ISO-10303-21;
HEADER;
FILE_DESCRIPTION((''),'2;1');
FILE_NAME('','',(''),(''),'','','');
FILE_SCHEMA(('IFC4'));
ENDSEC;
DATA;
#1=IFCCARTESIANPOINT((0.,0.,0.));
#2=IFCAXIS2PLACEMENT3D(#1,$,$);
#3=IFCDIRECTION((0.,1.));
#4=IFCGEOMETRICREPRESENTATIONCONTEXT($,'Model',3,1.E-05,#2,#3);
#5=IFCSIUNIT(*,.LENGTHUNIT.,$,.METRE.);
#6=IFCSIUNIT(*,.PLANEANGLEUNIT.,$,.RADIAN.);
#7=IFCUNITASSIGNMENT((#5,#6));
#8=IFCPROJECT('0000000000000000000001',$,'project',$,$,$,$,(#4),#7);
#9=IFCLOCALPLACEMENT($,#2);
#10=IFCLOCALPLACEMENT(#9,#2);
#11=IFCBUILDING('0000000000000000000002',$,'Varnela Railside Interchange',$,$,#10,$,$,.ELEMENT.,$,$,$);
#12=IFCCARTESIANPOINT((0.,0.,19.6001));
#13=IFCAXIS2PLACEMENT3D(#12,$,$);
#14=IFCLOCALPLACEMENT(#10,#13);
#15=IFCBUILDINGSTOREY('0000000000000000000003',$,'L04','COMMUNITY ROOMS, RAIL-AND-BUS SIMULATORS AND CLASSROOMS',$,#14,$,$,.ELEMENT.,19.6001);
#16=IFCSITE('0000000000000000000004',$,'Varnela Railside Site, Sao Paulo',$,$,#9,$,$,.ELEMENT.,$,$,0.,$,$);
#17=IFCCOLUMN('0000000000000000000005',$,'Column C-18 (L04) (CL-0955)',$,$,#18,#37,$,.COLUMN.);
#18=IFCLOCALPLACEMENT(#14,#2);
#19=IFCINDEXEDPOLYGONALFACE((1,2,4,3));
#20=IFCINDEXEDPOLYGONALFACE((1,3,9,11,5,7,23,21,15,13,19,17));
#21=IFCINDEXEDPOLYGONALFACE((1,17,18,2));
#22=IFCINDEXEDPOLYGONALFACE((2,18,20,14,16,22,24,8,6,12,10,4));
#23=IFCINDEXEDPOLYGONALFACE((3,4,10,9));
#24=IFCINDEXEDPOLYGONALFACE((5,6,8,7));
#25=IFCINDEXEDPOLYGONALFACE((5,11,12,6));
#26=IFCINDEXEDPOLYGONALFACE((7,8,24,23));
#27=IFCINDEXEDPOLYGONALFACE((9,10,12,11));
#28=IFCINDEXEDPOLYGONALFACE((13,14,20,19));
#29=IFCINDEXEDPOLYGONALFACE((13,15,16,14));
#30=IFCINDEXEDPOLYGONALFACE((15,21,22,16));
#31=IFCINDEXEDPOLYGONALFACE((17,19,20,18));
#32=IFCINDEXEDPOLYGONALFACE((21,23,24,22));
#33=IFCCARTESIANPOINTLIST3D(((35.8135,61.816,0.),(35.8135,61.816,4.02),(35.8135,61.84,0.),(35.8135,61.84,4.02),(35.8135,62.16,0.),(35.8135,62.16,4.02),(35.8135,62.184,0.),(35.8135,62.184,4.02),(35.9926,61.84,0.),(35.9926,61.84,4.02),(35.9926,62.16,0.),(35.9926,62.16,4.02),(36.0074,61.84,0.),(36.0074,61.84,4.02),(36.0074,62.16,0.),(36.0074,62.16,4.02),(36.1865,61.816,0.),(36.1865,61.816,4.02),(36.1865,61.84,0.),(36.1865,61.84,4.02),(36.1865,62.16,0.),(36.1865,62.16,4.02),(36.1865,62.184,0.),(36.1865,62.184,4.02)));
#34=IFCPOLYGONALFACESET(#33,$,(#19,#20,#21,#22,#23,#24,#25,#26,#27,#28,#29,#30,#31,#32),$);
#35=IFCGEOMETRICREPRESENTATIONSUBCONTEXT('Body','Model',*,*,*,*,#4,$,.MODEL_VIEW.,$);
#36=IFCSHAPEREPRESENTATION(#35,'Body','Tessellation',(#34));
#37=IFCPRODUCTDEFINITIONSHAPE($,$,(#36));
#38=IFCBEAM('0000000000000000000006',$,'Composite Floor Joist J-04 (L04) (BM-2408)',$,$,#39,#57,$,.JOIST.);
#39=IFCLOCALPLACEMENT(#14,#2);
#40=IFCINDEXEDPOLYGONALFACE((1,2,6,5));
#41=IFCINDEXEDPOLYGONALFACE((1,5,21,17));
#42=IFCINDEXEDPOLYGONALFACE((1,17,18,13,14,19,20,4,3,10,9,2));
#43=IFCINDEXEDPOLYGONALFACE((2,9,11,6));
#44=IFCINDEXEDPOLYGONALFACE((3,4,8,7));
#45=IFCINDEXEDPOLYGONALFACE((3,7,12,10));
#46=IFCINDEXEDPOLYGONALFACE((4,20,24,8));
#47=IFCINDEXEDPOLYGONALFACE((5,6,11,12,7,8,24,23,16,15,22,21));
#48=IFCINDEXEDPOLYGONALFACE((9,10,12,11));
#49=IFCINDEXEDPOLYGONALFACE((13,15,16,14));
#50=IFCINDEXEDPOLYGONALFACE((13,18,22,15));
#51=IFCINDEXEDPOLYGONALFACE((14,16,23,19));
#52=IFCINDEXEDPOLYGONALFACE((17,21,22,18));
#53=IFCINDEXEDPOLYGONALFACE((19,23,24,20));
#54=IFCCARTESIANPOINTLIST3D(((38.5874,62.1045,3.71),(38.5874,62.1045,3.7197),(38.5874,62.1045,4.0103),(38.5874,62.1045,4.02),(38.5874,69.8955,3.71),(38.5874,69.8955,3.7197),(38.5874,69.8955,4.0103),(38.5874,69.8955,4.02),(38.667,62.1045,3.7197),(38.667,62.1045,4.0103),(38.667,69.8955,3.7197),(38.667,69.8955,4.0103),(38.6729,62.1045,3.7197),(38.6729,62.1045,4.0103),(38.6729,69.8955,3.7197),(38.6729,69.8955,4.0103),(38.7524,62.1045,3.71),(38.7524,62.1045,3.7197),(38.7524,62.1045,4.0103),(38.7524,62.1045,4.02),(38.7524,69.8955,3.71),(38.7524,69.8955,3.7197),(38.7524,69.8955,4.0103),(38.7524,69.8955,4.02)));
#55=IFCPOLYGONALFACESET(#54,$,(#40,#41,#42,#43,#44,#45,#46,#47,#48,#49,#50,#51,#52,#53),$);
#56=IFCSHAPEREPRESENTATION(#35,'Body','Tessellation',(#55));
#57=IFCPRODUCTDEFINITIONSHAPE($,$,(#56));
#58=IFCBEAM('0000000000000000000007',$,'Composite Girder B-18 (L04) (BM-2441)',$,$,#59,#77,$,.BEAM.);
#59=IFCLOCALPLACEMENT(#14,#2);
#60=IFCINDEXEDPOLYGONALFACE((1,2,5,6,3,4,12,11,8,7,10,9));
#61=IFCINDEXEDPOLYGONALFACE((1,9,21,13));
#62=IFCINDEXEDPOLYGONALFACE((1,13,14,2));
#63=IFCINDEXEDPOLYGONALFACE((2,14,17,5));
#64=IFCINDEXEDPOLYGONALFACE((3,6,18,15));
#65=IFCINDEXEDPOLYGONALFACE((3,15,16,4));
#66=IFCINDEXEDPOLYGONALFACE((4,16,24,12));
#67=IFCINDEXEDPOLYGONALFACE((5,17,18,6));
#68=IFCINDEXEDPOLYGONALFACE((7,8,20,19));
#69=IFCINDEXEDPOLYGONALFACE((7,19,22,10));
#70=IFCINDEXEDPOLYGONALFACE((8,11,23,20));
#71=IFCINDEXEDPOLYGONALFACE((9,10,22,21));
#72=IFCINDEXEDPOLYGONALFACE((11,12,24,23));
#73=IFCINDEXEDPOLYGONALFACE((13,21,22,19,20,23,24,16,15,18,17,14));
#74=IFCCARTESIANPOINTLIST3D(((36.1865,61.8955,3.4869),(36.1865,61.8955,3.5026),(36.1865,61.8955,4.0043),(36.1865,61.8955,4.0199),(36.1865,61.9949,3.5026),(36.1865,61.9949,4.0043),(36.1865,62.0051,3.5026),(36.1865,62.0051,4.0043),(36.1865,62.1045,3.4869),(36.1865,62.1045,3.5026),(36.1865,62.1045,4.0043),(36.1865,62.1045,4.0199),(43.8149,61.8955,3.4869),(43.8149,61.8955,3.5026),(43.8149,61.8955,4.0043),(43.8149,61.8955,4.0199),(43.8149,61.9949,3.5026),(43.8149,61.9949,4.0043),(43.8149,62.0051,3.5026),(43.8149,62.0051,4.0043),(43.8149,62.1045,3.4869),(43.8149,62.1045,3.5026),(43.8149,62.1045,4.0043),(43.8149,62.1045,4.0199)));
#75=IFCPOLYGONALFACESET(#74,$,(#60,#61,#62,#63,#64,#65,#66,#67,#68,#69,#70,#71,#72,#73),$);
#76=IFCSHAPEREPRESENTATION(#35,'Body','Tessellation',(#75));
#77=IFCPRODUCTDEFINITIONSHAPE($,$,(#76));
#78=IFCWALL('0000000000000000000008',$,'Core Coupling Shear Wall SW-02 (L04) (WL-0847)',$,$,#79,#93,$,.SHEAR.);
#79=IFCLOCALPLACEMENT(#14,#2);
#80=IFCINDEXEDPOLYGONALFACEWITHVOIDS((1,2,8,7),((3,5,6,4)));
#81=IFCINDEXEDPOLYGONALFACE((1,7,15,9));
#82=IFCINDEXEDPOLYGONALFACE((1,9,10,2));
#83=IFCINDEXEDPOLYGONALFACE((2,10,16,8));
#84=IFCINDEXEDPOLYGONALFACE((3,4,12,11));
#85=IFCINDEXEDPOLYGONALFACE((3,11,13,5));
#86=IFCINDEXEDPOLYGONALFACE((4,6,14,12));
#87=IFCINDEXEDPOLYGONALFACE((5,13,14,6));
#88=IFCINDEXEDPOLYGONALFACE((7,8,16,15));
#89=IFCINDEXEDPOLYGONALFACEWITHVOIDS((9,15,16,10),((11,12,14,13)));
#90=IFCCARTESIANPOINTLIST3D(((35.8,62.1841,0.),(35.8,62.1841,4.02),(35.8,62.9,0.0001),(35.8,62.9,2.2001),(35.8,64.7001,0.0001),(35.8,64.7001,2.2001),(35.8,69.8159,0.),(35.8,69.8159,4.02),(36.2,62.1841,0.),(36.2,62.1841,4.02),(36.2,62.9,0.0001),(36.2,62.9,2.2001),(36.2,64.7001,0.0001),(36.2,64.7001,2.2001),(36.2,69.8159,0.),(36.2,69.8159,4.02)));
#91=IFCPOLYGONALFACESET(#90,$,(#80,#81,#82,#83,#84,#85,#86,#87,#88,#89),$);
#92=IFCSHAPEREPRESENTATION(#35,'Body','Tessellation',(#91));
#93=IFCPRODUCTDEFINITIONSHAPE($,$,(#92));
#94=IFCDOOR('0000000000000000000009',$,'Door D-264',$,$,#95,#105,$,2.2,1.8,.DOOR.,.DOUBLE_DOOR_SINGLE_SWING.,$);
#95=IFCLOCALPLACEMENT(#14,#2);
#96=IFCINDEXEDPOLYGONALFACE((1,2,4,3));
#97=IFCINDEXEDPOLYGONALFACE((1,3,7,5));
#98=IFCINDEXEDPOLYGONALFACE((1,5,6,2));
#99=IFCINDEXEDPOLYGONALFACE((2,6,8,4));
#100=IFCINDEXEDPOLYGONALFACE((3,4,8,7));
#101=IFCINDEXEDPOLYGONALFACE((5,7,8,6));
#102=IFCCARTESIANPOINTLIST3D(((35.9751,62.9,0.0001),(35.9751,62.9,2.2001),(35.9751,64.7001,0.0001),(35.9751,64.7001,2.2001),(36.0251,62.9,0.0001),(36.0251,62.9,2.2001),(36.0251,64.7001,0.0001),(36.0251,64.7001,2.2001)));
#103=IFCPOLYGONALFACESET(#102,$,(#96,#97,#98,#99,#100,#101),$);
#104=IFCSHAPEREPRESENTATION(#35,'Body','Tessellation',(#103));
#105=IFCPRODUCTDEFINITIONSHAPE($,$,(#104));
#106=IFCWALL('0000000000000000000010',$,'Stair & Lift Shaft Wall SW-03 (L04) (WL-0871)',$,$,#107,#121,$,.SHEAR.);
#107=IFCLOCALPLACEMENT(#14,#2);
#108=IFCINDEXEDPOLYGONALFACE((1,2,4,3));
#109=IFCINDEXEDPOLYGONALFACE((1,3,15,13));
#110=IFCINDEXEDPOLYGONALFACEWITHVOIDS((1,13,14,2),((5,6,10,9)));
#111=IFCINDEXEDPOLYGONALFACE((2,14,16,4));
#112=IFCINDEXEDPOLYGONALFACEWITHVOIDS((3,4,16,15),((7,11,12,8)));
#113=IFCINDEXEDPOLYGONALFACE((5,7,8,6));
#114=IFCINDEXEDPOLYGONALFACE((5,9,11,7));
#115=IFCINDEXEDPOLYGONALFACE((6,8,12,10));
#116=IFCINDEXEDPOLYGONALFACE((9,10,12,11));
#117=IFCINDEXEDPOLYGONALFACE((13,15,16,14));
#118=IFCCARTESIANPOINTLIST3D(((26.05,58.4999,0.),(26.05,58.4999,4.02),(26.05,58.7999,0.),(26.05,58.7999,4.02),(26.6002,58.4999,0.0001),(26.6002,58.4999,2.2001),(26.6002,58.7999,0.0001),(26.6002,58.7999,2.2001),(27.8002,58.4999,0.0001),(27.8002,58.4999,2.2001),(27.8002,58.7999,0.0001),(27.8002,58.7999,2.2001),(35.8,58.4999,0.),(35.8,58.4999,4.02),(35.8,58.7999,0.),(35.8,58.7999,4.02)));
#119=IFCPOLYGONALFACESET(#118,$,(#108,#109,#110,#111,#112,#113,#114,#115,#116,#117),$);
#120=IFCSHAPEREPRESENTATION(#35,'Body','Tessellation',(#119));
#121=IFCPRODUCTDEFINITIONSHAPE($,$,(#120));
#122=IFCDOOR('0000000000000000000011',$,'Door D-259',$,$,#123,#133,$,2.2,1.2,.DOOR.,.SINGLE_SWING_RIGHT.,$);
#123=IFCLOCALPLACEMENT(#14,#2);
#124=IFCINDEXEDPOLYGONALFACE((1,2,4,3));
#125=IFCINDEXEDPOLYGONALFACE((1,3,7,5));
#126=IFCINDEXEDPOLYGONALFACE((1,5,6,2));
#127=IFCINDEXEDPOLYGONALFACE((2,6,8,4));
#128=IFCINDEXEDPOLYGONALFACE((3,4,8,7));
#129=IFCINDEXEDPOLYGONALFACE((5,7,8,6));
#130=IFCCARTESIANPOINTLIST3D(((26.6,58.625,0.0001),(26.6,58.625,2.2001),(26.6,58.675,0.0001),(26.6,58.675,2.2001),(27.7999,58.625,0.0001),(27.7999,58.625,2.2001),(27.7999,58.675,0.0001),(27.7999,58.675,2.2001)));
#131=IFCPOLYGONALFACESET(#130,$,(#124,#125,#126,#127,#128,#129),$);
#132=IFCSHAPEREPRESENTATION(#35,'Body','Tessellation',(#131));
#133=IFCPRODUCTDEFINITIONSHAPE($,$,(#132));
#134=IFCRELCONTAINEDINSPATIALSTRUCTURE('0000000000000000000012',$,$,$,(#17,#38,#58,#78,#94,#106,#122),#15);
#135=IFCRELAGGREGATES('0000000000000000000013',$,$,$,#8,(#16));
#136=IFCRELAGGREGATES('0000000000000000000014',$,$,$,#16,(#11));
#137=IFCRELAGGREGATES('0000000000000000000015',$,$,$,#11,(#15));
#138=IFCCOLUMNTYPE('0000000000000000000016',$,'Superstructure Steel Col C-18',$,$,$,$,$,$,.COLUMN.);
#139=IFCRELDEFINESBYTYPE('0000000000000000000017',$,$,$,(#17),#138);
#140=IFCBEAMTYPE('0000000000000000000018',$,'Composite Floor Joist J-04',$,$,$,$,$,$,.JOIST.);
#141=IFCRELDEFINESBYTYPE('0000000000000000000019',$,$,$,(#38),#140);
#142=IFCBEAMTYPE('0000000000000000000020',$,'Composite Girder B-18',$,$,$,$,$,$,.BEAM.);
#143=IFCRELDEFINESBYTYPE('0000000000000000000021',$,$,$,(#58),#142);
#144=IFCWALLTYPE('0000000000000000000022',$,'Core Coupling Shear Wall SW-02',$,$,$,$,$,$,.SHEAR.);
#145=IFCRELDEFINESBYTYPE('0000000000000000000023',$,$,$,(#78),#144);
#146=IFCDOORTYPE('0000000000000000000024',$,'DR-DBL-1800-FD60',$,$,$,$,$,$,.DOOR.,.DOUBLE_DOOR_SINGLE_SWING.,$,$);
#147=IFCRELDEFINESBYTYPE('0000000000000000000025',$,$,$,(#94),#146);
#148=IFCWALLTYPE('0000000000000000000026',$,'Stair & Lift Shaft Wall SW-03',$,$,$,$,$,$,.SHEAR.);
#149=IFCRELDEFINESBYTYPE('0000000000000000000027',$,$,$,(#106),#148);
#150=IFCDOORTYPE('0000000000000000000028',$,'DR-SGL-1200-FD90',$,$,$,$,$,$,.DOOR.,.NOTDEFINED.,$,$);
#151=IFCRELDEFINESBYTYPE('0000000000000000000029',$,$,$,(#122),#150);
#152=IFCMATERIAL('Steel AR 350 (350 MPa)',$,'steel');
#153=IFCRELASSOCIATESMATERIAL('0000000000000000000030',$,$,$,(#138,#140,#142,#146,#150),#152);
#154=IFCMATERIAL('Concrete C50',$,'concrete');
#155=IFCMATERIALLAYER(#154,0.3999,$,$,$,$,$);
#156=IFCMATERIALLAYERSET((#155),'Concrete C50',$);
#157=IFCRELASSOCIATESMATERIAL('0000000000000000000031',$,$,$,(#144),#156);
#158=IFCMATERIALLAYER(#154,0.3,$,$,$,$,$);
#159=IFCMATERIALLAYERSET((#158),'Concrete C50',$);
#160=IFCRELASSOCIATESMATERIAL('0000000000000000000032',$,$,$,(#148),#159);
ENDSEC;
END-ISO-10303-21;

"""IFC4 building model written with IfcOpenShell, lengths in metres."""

from ifc_helpers import new_model, si_unit, direction, frame, frame_2d, origin, origin_2d, place, context, subcontext, project, spatial, rectangle, i_section, extrude, material, layer, layer_set, material_profile, profile_set, type_object, element, fill, save


model = new_model("IFC4")

# Units and contexts
model_context = context("Model", 3, precision=1e-05, world=origin(), true_north=direction((0.0, 1.0)))
body_context = subcontext(model_context, "Body", "Model", "MODEL_VIEW")
ifc_project = project(units=[si_unit("LENGTHUNIT", "METRE"), si_unit("PLANEANGLEUNIT", "RADIAN")], contexts=[model_context])

# Site, building, storey
site_placement = place(None, origin())
site = spatial("IfcSite", under=ifc_project, at=site_placement, Name="Varnela Railside Site, Sao Paulo", CompositionType="ELEMENT", RefElevation=0.0)
building_placement = place(site_placement, origin())
building = spatial("IfcBuilding", under=site, at=building_placement, Name="Varnela Railside Interchange", CompositionType="ELEMENT")
storey_placement = place(building_placement, frame((0.0, 0.0, 19.6001)))
storey = spatial("IfcBuildingStorey", under=building, at=storey_placement, Name="L04", Description="COMMUNITY ROOMS, RAIL-AND-BUS SIMULATORS AND CLASSROOMS", CompositionType="ELEMENT", Elevation=19.6001)

# Column
ifc_material_1 = material(Name="Steel AR 350 (350 MPa)", Category="steel")
ifc_material_profile_1 = material_profile(ifc_material_1, i_section(OverallWidth=0.373, OverallDepth=0.3679, WebThickness=0.0149, FlangeThickness=0.0239, at=origin_2d()), Name="W360x179")
ifc_profile_set_1 = profile_set([ifc_material_profile_1], Name="Steel AR 350 (350 MPa)")
column_type = type_object("IfcColumnType", Name="Superstructure Steel Col C-18", PredefinedType="COLUMN", material=ifc_profile_set_1)
column_placement = place(storey_placement, frame((36.0, 62.0, 0.0), z_axis=(0.0, 0.0, 1.0), x_axis=(1.0, 0.0, 0.0)))
element("IfcColumn", 1, at=column_placement, inside=storey, type_object=column_type, Name="Column C-18 (L04) (CL-0955)", PredefinedType="COLUMN", context=body_context, shape_type="SweptSolid", body=[
    extrude(i_section(OverallWidth=0.373, OverallDepth=0.3679, WebThickness=0.0149, FlangeThickness=0.0239, at=origin_2d()), origin(), (0.0, 0.0, 1.0), 4.02),
])

# Beams
ifc_material_profile_2 = material_profile(ifc_material_1, i_section(OverallWidth=0.165, OverallDepth=0.3101, WebThickness=0.0059, FlangeThickness=0.0098, at=origin_2d()), Name="W310x38.7")
ifc_profile_set_2 = profile_set([ifc_material_profile_2], Name="Steel AR 350 (350 MPa)")
beam_type_1 = type_object("IfcBeamType", Name="Composite Floor Joist J-04", PredefinedType="JOIST", material=ifc_profile_set_2)
beam_1_placement = place(storey_placement, frame((38.6699, 62.1045, 3.865), z_axis=(0.0, 1.0, 0.0), x_axis=(-1.0, 0.0, 0.0)))
element("IfcBeam", 2, at=beam_1_placement, inside=storey, type_object=beam_type_1, Name="Composite Floor Joist J-04 (L04) (BM-2408)", PredefinedType="JOIST", context=body_context, shape_type="SweptSolid", body=[
    extrude(i_section(OverallWidth=0.165, OverallDepth=0.3101, WebThickness=0.0059, FlangeThickness=0.0098, at=origin_2d()), origin(), (0.0, 0.0, 1.0), 7.791),
])
ifc_material_profile_3 = material_profile(ifc_material_1, i_section(OverallWidth=0.209, OverallDepth=0.533, WebThickness=0.0103, FlangeThickness=0.0156, at=origin_2d()), Name="W530x92")
ifc_profile_set_3 = profile_set([ifc_material_profile_3], Name="Steel AR 350 (350 MPa)")
beam_type_2 = type_object("IfcBeamType", Name="Composite Girder B-18", PredefinedType="BEAM", material=ifc_profile_set_3)
beam_2_placement = place(storey_placement, frame((36.1865, 62.0, 3.7534), z_axis=(1.0, 0.0, 0.0), x_axis=(0.0, 1.0, 0.0)))
element("IfcBeam", 3, at=beam_2_placement, inside=storey, type_object=beam_type_2, Name="Composite Girder B-18 (L04) (BM-2441)", PredefinedType="BEAM", context=body_context, shape_type="SweptSolid", body=[
    extrude(i_section(OverallWidth=0.209, OverallDepth=0.533, WebThickness=0.0103, FlangeThickness=0.0156, at=origin_2d()), origin(), (0.0, 0.0, 1.0), 7.6284),
])

# Walls, openings, doors
ifc_material_2 = material(Name="Concrete C50", Category="concrete")
ifc_layer_1 = layer(ifc_material_2, 0.3999)
ifc_layer_set_1 = layer_set([ifc_layer_1], Name="Concrete C50")
wall_type_1 = type_object("IfcWallType", Name="Core Coupling Shear Wall SW-02", PredefinedType="SHEAR", material=ifc_layer_set_1)
wall_1_placement = place(storey_placement, frame((36.0, 62.1841, 0.0), z_axis=(0.0, 0.0, 1.0), x_axis=(0.0, 1.0, 0.0)))
wall_1 = element("IfcWall", 4, at=wall_1_placement, inside=storey, type_object=wall_type_1, Name="Core Coupling Shear Wall SW-02 (L04) (WL-0847)", PredefinedType="SHEAR", context=body_context, shape_type="SweptSolid", body=[
    extrude(rectangle(XDim=7.6318, YDim=0.3999, at=frame_2d((3.8159, 0.0))), origin(), (0.0, 0.0, 1.0), 4.02),
])
opening_1_placement = place(wall_1_placement, frame((0.7161, 0.0, 0.0)))
opening_1 = element("IfcOpeningElement", 5, at=opening_1_placement, cuts=wall_1, PredefinedType="OPENING", context=body_context, shape_type="SweptSolid", body=[
    extrude(rectangle(XDim=1.8, YDim=2.2, at=frame_2d((0.8999, 1.1001))), frame((0.0, 0.21, 0.0), z_axis=(0.0, -1.0, 0.0), x_axis=(1.0, 0.0, 0.0)), (0.0, 0.0, 1.0), 0.4199),
])
door_type_1 = type_object("IfcDoorType", Name="DR-DBL-1800-FD60", OperationType="DOUBLE_DOOR_SINGLE_SWING", PredefinedType="DOOR", material=ifc_material_1)
door_1_placement = place(opening_1_placement, origin())
door_1 = element("IfcDoor", 6, at=door_1_placement, inside=storey, type_object=door_type_1, Name="Door D-264", OperationType="DOUBLE_DOOR_SINGLE_SWING", OverallHeight=2.2, OverallWidth=1.8, PredefinedType="DOOR", context=body_context, shape_type="SweptSolid", body=[
    extrude(rectangle(XDim=1.8, YDim=2.2, at=frame_2d((0.8999, 1.1001))), frame((0.0, 0.0249, 0.0), z_axis=(0.0, -1.0, 0.0), x_axis=(1.0, 0.0, 0.0)), (0.0, 0.0, 1.0), 0.05),
])
fill(opening_1, door_1)
ifc_layer_2 = layer(ifc_material_2, 0.3)
ifc_layer_set_2 = layer_set([ifc_layer_2], Name="Concrete C50")
wall_type_2 = type_object("IfcWallType", Name="Stair & Lift Shaft Wall SW-03", PredefinedType="SHEAR", material=ifc_layer_set_2)
wall_2_placement = place(storey_placement, frame((26.05, 58.6499, 0.0), z_axis=(0.0, 0.0, 1.0), x_axis=(1.0, 0.0, 0.0)))
wall_2 = element("IfcWall", 7, at=wall_2_placement, inside=storey, type_object=wall_type_2, Name="Stair & Lift Shaft Wall SW-03 (L04) (WL-0871)", PredefinedType="SHEAR", context=body_context, shape_type="SweptSolid", body=[
    extrude(rectangle(XDim=9.75, YDim=0.3, at=frame_2d((4.875, 0.0))), origin(), (0.0, 0.0, 1.0), 4.02),
])
opening_2_placement = place(wall_2_placement, frame((0.55, 0.0, 0.0)))
opening_2 = element("IfcOpeningElement", 8, at=opening_2_placement, cuts=wall_2, PredefinedType="OPENING", context=body_context, shape_type="SweptSolid", body=[
    extrude(rectangle(XDim=1.2, YDim=2.2, at=frame_2d((0.6001, 1.1001))), frame((0.0, 0.1599, 0.0), z_axis=(0.0, -1.0, 0.0), x_axis=(1.0, 0.0, 0.0)), (0.0, 0.0, 1.0), 0.3201),
])
door_type_2 = type_object("IfcDoorType", Name="DR-SGL-1200-FD90", OperationType="NOTDEFINED", PredefinedType="DOOR", material=ifc_material_1)
door_2_placement = place(opening_2_placement, frame((1.2, 0.0, 0.0), z_axis=(0.0, 0.0, 1.0), x_axis=(-1.0, 0.0, 0.0)))
door_2 = element("IfcDoor", 9, at=door_2_placement, inside=storey, type_object=door_type_2, Name="Door D-259", OperationType="SINGLE_SWING_RIGHT", OverallHeight=2.2, OverallWidth=1.2, PredefinedType="DOOR", context=body_context, shape_type="SweptSolid", body=[
    extrude(rectangle(XDim=1.2, YDim=2.2, at=frame_2d((0.6001, 1.1001))), frame((0.0, 0.0249, 0.0), z_axis=(0.0, -1.0, 0.0), x_axis=(1.0, 0.0, 0.0)), (0.0, 0.0, 1.0), 0.05),
])
fill(opening_2, door_2)

save(model, "model.ifc")
